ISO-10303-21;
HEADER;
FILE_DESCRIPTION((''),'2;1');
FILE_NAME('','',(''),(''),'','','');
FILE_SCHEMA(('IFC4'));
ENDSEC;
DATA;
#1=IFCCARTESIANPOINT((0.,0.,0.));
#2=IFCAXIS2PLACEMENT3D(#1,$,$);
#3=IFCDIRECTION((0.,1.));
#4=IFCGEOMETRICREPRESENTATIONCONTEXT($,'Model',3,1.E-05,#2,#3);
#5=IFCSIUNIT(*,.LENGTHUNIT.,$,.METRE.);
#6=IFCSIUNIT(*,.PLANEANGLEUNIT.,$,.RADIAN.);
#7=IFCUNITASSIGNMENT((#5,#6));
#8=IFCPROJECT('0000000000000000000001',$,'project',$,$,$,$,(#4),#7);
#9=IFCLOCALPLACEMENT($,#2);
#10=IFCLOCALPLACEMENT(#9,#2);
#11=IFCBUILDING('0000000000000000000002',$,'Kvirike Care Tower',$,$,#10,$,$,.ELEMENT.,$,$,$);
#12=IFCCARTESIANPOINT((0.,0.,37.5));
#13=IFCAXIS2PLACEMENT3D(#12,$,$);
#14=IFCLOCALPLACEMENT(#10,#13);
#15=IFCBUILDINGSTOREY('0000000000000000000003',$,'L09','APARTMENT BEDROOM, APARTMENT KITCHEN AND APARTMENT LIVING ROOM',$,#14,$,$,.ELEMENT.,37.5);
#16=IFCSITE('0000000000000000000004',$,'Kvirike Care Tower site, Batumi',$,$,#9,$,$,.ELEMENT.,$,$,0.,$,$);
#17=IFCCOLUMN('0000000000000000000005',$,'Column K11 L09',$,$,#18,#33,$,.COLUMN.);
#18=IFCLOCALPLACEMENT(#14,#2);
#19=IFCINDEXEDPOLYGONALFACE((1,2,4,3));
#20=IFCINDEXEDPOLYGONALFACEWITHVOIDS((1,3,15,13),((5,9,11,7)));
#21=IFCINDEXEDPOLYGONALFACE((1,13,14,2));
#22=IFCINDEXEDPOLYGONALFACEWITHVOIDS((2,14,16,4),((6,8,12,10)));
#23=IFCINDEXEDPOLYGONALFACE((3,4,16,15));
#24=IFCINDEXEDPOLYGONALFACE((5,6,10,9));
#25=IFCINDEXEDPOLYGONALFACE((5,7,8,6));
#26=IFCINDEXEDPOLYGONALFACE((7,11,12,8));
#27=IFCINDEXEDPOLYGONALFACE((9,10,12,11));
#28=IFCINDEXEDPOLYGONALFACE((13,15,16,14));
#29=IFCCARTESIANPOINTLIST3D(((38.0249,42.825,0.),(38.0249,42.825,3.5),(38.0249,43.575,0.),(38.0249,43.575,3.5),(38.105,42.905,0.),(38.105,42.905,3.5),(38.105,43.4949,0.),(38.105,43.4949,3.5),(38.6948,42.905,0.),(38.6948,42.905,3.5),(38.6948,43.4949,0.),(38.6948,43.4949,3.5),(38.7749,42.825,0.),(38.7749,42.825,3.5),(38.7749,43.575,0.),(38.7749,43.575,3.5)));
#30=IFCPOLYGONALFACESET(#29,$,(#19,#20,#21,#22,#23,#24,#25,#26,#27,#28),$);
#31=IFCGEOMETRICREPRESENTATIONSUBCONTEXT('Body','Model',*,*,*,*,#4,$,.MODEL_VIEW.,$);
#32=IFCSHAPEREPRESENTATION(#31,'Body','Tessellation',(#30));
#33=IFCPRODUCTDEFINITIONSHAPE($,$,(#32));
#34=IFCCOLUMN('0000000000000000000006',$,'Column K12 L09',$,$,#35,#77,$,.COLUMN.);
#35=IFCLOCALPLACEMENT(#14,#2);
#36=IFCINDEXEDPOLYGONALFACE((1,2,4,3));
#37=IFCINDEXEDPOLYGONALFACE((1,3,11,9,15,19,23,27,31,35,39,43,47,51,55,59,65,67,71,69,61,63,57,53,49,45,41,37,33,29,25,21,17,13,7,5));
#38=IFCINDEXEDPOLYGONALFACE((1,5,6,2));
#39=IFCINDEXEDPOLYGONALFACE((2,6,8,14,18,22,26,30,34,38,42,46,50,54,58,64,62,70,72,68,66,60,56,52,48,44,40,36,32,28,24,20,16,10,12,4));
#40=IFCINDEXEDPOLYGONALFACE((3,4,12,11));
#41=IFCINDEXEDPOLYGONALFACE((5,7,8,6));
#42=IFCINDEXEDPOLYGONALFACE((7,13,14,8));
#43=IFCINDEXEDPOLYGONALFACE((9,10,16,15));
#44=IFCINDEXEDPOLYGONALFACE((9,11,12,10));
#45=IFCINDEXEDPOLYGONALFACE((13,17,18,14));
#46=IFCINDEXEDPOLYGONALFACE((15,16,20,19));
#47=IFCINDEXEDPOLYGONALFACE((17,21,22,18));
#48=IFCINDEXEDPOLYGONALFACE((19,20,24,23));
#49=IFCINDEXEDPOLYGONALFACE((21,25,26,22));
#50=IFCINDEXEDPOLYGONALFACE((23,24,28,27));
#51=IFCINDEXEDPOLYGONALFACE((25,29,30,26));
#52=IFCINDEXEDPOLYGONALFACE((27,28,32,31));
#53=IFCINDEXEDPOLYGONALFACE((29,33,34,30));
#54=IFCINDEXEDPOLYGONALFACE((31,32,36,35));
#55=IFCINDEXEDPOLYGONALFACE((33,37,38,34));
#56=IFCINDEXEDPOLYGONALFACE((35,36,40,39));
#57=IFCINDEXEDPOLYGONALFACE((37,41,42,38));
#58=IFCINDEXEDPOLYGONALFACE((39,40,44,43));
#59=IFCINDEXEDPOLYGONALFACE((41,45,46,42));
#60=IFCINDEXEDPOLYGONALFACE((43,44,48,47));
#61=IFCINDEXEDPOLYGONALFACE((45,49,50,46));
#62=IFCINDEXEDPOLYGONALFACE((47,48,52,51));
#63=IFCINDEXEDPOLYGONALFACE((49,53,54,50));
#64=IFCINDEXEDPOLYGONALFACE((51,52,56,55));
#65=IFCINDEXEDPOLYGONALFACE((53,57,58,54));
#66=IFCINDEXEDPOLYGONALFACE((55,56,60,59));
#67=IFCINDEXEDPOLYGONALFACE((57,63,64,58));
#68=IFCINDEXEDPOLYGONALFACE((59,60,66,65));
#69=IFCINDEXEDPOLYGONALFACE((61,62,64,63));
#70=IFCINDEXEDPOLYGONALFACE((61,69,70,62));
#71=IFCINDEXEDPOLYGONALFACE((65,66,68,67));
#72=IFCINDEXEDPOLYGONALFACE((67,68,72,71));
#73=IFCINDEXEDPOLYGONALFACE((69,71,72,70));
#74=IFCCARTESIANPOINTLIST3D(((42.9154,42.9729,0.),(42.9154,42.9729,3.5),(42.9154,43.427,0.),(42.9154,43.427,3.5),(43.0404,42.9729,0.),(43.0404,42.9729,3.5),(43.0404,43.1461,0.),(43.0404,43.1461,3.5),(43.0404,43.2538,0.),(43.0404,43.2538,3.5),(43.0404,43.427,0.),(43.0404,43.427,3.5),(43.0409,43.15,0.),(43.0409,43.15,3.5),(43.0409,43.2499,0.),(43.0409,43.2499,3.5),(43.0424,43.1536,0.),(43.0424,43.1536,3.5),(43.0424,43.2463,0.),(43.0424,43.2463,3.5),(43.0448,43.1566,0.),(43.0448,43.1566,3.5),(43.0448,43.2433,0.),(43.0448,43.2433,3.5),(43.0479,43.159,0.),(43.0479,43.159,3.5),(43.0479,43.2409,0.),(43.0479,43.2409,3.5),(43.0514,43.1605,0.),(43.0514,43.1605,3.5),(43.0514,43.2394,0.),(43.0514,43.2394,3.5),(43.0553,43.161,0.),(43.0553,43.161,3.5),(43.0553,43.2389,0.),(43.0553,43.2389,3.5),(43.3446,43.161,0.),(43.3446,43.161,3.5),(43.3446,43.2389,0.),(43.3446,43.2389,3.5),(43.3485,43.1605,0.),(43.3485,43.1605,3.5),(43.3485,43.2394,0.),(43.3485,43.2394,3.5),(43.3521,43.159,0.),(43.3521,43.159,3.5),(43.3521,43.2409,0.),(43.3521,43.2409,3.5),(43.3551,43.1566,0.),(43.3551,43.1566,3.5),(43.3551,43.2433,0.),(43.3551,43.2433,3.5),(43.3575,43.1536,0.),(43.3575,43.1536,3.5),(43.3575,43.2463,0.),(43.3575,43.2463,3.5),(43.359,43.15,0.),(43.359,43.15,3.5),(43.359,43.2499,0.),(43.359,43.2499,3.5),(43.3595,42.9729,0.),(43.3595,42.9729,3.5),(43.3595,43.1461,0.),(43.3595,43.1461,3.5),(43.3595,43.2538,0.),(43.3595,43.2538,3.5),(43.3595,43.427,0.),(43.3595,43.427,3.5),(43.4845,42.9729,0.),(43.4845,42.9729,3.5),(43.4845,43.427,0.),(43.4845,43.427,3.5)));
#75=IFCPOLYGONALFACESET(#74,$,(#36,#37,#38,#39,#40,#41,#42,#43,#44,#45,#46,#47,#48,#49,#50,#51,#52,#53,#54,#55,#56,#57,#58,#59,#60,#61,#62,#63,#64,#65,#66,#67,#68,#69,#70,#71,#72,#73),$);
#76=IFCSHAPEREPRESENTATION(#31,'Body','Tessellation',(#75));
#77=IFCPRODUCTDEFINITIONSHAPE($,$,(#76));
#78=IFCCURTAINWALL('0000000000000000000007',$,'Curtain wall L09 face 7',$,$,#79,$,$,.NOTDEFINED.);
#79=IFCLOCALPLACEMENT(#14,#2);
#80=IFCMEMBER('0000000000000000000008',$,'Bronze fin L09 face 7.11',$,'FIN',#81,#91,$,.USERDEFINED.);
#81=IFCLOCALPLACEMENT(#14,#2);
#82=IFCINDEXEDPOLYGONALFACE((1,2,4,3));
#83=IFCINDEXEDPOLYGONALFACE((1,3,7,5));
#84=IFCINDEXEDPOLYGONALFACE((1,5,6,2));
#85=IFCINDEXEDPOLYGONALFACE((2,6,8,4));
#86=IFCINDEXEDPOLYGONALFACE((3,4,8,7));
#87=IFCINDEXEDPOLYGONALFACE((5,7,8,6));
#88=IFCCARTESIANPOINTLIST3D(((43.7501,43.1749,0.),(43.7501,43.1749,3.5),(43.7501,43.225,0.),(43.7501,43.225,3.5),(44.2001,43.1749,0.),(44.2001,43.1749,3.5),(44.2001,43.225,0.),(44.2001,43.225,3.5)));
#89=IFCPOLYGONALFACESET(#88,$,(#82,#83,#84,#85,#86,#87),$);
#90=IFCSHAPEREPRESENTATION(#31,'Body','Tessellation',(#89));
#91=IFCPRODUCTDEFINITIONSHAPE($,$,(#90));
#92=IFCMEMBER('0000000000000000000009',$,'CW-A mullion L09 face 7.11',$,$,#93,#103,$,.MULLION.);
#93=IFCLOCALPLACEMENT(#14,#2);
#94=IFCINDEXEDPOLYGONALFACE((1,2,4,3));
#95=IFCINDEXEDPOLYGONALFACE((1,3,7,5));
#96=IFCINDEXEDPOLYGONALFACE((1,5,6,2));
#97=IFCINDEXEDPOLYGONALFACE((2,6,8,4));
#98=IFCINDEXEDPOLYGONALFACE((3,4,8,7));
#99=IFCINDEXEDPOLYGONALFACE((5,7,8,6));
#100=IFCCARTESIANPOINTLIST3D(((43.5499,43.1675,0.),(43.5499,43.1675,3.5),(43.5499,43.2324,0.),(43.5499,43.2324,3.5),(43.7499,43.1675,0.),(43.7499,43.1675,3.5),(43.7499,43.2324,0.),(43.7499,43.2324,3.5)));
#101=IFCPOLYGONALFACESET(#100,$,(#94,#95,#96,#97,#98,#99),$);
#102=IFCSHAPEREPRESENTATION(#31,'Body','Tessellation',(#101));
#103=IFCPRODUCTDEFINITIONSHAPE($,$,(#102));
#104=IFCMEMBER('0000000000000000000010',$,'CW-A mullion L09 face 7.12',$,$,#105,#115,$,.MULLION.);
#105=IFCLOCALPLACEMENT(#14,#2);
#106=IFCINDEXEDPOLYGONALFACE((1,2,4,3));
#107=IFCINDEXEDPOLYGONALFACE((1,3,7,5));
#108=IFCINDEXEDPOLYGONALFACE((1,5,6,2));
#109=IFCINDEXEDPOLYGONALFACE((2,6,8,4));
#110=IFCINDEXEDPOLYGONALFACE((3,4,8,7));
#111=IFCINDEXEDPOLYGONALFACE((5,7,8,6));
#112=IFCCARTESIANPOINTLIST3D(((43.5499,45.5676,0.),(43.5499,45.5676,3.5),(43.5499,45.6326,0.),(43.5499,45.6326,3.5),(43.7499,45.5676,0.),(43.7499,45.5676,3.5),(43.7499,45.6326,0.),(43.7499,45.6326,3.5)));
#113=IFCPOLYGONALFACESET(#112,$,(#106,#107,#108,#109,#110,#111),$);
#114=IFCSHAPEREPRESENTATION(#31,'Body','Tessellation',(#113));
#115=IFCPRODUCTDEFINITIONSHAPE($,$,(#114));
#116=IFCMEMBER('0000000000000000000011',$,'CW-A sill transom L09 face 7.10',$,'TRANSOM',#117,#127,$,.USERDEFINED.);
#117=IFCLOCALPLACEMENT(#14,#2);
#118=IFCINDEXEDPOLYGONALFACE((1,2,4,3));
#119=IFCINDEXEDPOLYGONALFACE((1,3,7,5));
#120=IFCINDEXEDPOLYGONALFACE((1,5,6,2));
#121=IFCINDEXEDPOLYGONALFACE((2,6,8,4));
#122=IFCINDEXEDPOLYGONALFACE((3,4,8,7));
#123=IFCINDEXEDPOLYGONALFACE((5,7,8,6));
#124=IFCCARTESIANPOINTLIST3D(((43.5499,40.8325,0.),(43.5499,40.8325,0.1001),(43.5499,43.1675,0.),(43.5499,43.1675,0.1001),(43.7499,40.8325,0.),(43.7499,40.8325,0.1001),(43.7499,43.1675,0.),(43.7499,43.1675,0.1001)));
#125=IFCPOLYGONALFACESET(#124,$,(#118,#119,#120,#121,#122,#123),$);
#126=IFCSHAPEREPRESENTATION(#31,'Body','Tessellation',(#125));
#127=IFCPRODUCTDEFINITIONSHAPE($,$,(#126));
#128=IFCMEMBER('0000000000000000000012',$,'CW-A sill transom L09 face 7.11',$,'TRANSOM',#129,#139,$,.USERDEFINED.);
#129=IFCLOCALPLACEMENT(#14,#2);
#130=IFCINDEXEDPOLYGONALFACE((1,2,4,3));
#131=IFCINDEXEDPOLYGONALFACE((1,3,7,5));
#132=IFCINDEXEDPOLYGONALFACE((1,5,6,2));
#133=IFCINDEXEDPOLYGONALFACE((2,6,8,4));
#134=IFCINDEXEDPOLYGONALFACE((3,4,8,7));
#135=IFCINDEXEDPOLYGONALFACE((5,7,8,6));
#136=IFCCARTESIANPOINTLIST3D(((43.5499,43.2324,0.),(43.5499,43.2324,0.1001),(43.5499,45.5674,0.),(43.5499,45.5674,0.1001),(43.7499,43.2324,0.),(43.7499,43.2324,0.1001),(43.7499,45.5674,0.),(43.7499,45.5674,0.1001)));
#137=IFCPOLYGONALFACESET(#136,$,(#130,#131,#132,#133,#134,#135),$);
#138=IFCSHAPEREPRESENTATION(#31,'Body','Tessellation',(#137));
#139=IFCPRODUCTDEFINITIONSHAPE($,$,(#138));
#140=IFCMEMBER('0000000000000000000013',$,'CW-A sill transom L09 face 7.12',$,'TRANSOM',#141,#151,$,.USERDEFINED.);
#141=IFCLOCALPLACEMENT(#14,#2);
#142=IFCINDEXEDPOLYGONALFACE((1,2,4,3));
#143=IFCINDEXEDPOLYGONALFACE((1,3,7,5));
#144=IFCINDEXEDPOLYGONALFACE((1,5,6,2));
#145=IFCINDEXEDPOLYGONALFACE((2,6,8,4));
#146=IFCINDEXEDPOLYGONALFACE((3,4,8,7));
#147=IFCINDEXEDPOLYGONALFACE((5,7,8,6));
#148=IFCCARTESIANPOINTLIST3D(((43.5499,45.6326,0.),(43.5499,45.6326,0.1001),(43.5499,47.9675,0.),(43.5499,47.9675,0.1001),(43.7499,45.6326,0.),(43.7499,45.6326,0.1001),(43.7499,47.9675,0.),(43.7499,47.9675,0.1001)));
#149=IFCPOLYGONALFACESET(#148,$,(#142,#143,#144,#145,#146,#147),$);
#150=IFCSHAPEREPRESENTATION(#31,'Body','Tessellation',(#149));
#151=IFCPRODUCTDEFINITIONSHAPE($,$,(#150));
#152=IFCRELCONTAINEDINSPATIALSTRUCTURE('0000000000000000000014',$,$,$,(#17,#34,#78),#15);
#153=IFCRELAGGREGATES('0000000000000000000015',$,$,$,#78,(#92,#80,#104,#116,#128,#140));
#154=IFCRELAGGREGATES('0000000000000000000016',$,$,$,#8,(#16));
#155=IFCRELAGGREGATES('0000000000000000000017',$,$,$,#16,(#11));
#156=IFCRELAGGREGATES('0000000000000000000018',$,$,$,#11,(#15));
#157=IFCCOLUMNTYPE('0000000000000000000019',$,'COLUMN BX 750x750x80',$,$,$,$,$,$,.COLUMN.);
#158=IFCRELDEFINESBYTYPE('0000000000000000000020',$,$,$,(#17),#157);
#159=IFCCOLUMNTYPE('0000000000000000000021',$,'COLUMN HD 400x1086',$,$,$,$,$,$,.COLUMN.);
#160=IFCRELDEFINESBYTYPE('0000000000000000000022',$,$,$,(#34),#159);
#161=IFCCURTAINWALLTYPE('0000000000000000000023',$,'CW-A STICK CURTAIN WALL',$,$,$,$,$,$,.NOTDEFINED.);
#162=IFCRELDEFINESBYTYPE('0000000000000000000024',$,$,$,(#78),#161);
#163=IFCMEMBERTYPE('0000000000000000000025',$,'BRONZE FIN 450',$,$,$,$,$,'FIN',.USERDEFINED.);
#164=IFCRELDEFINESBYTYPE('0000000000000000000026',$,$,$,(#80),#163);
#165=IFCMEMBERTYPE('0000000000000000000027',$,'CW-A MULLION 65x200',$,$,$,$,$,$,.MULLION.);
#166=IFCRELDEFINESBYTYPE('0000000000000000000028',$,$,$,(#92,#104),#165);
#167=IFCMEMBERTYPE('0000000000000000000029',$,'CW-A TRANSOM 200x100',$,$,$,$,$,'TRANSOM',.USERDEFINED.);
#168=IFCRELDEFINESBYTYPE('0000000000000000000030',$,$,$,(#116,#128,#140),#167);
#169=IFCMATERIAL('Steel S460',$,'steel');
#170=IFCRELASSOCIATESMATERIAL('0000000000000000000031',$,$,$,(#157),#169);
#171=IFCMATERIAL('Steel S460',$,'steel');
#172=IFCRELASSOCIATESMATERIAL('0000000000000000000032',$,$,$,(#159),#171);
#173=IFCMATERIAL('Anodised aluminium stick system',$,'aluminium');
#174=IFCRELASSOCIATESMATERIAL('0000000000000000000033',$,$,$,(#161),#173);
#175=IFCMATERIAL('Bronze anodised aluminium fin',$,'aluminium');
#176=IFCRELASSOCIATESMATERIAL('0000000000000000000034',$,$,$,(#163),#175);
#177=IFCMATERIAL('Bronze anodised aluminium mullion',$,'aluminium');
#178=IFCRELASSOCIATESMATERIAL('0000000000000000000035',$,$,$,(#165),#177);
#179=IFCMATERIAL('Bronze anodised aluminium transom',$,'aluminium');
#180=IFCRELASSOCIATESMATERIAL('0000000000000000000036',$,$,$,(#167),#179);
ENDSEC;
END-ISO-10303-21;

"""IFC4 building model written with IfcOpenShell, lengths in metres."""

from ifc_helpers import new_model, si_unit, direction, frame, origin, origin_2d, place, context, subcontext, project, spatial, rectangle, hollow_rectangle, i_section, extrude, material, material_profile, profile_set, type_object, element, aggregate, save


model = new_model("IFC4")

# Units and contexts
model_context = context("Model", 3, precision=1e-05, world=origin(), true_north=direction((0.0, 1.0)))
body_context = subcontext(model_context, "Body", "Model", "MODEL_VIEW")
ifc_project = project(units=[si_unit("LENGTHUNIT", "METRE"), si_unit("PLANEANGLEUNIT", "RADIAN")], contexts=[model_context])

# Site, building, storey
site_placement = place(None, origin())
site = spatial("IfcSite", under=ifc_project, at=site_placement, Name="Kvirike Care Tower site, Batumi", CompositionType="ELEMENT", RefElevation=0.0)
building_placement = place(site_placement, origin())
building = spatial("IfcBuilding", under=site, at=building_placement, Name="Kvirike Care Tower", CompositionType="ELEMENT")
storey_placement = place(building_placement, frame((0.0, 0.0, 37.5)))
storey = spatial("IfcBuildingStorey", under=building, at=storey_placement, Name="L09", Description="APARTMENT BEDROOM, APARTMENT KITCHEN AND APARTMENT LIVING ROOM", CompositionType="ELEMENT", Elevation=37.5)

# Columns
ifc_material_1 = material(Name="Steel S460", Category="steel")
ifc_material_profile_1 = material_profile(ifc_material_1, hollow_rectangle(XDim=0.75, YDim=0.75, WallThickness=0.0801, at=origin_2d()), Name="BX 750x750x80")
ifc_profile_set_1 = profile_set([ifc_material_profile_1], Name="Steel S460")
column_type_1 = type_object("IfcColumnType", Name="COLUMN BX 750x750x80", PredefinedType="COLUMN", material=ifc_profile_set_1)
column_1_placement = place(storey_placement, frame((38.3999, 43.2, 0.0), z_axis=(0.0, 0.0, 1.0), x_axis=(0.0, 1.0, 0.0)))
element("IfcColumn", 1, at=column_1_placement, inside=storey, type_object=column_type_1, Name="Column K11 L09", PredefinedType="COLUMN", context=body_context, shape_type="SweptSolid", body=[
    extrude(hollow_rectangle(XDim=0.75, YDim=0.75, WallThickness=0.0801, at=origin_2d()), origin(), (0.0, 0.0, 1.0), 3.5),
])
ifc_material_2 = material(Name="Steel S460", Category="steel")
ifc_material_profile_2 = material_profile(ifc_material_2, i_section(OverallWidth=0.4541, OverallDepth=0.5691, WebThickness=0.0779, FlangeThickness=0.125, FilletRadius=0.0149, at=origin_2d()), Name="HD 400x1086")
ifc_profile_set_2 = profile_set([ifc_material_profile_2], Name="Steel S460")
column_type_2 = type_object("IfcColumnType", Name="COLUMN HD 400x1086", PredefinedType="COLUMN", material=ifc_profile_set_2)
column_2_placement = place(storey_placement, frame((43.2, 43.2, 0.0), z_axis=(0.0, 0.0, 1.0), x_axis=(0.0, 1.0, 0.0)))
element("IfcColumn", 2, at=column_2_placement, inside=storey, type_object=column_type_2, Name="Column K12 L09", PredefinedType="COLUMN", context=body_context, shape_type="SweptSolid", body=[
    extrude(i_section(OverallWidth=0.4541, OverallDepth=0.5691, WebThickness=0.0779, FlangeThickness=0.125, FilletRadius=0.0149, at=origin_2d()), origin(), (0.0, 0.0, 1.0), 3.5),
])

# Curtain wall, members
ifc_material_3 = material(Name="Anodised aluminium stick system", Category="aluminium")
curtain_wall_type = type_object("IfcCurtainWallType", Name="CW-A STICK CURTAIN WALL", PredefinedType="NOTDEFINED", material=ifc_material_3)
curtain_wall_placement = place(storey_placement, origin())
curtain_wall = element("IfcCurtainWall", 3, at=curtain_wall_placement, inside=storey, type_object=curtain_wall_type, Name="Curtain wall L09 face 7", PredefinedType="NOTDEFINED")
ifc_material_4 = material(Name="Bronze anodised aluminium fin", Category="aluminium")
ifc_material_profile_3 = material_profile(ifc_material_4, rectangle(XDim=0.05, YDim=0.45, at=origin_2d()), Name="BRONZE FIN 450")
ifc_profile_set_3 = profile_set([ifc_material_profile_3], Name="Bronze anodised aluminium fin")
member_type_1 = type_object("IfcMemberType", Name="BRONZE FIN 450", ElementType="FIN", PredefinedType="USERDEFINED", material=ifc_profile_set_3)
member_1_placement = place(storey_placement, frame((43.9751, 43.2, 0.0), z_axis=(0.0, 0.0, 1.0), x_axis=(0.0, 1.0, 0.0)))
member_1 = element("IfcMember", 4, at=member_1_placement, type_object=member_type_1, Name="Bronze fin L09 face 7.11", ObjectType="FIN", PredefinedType="USERDEFINED", context=body_context, shape_type="SweptSolid", body=[
    extrude(rectangle(XDim=0.05, YDim=0.45, at=origin_2d()), origin(), (0.0, 0.0, 1.0), 3.5),
])
ifc_material_5 = material(Name="Bronze anodised aluminium mullion", Category="aluminium")
ifc_material_profile_4 = material_profile(ifc_material_5, rectangle(XDim=0.0649, YDim=0.2, at=origin_2d()), Name="CW-A MULLION 65x200")
ifc_profile_set_4 = profile_set([ifc_material_profile_4], Name="Bronze anodised aluminium mullion")
member_type_2 = type_object("IfcMemberType", Name="CW-A MULLION 65x200", PredefinedType="MULLION", material=ifc_profile_set_4)
member_2_placement = place(storey_placement, frame((43.6499, 43.2, 0.0), z_axis=(0.0, 0.0, 1.0), x_axis=(0.0, 1.0, 0.0)))
member_2 = element("IfcMember", 5, at=member_2_placement, type_object=member_type_2, Name="CW-A mullion L09 face 7.11", PredefinedType="MULLION", context=body_context, shape_type="SweptSolid", body=[
    extrude(rectangle(XDim=0.0649, YDim=0.2, at=origin_2d()), origin(), (0.0, 0.0, 1.0), 3.5),
])
member_3_placement = place(storey_placement, frame((43.6499, 45.6001, 0.0), z_axis=(0.0, 0.0, 1.0), x_axis=(0.0, 1.0, 0.0)))
member_3 = element("IfcMember", 6, at=member_3_placement, type_object=member_type_2, Name="CW-A mullion L09 face 7.12", PredefinedType="MULLION", context=body_context, shape_type="SweptSolid", body=[
    extrude(rectangle(XDim=0.0649, YDim=0.2, at=origin_2d()), origin(), (0.0, 0.0, 1.0), 3.5),
])
ifc_material_6 = material(Name="Bronze anodised aluminium transom", Category="aluminium")
ifc_material_profile_5 = material_profile(ifc_material_6, rectangle(XDim=0.2, YDim=0.1001, at=origin_2d()), Name="CW-A TRANSOM 200x100")
ifc_profile_set_5 = profile_set([ifc_material_profile_5], Name="Bronze anodised aluminium transom")
member_type_3 = type_object("IfcMemberType", Name="CW-A TRANSOM 200x100", ElementType="TRANSOM", PredefinedType="USERDEFINED", material=ifc_profile_set_5)
member_4_placement = place(storey_placement, frame((43.6499, 40.8325, 0.05), z_axis=(0.0, 1.0, 0.0), x_axis=(-1.0, 0.0, 0.0)))
member_4 = element("IfcMember", 7, at=member_4_placement, type_object=member_type_3, Name="CW-A sill transom L09 face 7.10", ObjectType="TRANSOM", PredefinedType="USERDEFINED", context=body_context, shape_type="SweptSolid", body=[
    extrude(rectangle(XDim=0.2, YDim=0.1001, at=origin_2d()), origin(), (0.0, 0.0, 1.0), 2.335),
])
member_5_placement = place(storey_placement, frame((43.6499, 43.2324, 0.05), z_axis=(0.0, 1.0, 0.0), x_axis=(-1.0, 0.0, 0.0)))
member_5 = element("IfcMember", 8, at=member_5_placement, type_object=member_type_3, Name="CW-A sill transom L09 face 7.11", ObjectType="TRANSOM", PredefinedType="USERDEFINED", context=body_context, shape_type="SweptSolid", body=[
    extrude(rectangle(XDim=0.2, YDim=0.1001, at=origin_2d()), origin(), (0.0, 0.0, 1.0), 2.335),
])
member_6_placement = place(storey_placement, frame((43.6499, 45.6326, 0.05), z_axis=(0.0, 1.0, 0.0), x_axis=(-1.0, 0.0, 0.0)))
member_6 = element("IfcMember", 9, at=member_6_placement, type_object=member_type_3, Name="CW-A sill transom L09 face 7.12", ObjectType="TRANSOM", PredefinedType="USERDEFINED", context=body_context, shape_type="SweptSolid", body=[
    extrude(rectangle(XDim=0.2, YDim=0.1001, at=origin_2d()), origin(), (0.0, 0.0, 1.0), 2.335),
])

aggregate(curtain_wall, [member_2, member_1, member_3, member_4, member_5, member_6])

save(model, "model.ifc")
